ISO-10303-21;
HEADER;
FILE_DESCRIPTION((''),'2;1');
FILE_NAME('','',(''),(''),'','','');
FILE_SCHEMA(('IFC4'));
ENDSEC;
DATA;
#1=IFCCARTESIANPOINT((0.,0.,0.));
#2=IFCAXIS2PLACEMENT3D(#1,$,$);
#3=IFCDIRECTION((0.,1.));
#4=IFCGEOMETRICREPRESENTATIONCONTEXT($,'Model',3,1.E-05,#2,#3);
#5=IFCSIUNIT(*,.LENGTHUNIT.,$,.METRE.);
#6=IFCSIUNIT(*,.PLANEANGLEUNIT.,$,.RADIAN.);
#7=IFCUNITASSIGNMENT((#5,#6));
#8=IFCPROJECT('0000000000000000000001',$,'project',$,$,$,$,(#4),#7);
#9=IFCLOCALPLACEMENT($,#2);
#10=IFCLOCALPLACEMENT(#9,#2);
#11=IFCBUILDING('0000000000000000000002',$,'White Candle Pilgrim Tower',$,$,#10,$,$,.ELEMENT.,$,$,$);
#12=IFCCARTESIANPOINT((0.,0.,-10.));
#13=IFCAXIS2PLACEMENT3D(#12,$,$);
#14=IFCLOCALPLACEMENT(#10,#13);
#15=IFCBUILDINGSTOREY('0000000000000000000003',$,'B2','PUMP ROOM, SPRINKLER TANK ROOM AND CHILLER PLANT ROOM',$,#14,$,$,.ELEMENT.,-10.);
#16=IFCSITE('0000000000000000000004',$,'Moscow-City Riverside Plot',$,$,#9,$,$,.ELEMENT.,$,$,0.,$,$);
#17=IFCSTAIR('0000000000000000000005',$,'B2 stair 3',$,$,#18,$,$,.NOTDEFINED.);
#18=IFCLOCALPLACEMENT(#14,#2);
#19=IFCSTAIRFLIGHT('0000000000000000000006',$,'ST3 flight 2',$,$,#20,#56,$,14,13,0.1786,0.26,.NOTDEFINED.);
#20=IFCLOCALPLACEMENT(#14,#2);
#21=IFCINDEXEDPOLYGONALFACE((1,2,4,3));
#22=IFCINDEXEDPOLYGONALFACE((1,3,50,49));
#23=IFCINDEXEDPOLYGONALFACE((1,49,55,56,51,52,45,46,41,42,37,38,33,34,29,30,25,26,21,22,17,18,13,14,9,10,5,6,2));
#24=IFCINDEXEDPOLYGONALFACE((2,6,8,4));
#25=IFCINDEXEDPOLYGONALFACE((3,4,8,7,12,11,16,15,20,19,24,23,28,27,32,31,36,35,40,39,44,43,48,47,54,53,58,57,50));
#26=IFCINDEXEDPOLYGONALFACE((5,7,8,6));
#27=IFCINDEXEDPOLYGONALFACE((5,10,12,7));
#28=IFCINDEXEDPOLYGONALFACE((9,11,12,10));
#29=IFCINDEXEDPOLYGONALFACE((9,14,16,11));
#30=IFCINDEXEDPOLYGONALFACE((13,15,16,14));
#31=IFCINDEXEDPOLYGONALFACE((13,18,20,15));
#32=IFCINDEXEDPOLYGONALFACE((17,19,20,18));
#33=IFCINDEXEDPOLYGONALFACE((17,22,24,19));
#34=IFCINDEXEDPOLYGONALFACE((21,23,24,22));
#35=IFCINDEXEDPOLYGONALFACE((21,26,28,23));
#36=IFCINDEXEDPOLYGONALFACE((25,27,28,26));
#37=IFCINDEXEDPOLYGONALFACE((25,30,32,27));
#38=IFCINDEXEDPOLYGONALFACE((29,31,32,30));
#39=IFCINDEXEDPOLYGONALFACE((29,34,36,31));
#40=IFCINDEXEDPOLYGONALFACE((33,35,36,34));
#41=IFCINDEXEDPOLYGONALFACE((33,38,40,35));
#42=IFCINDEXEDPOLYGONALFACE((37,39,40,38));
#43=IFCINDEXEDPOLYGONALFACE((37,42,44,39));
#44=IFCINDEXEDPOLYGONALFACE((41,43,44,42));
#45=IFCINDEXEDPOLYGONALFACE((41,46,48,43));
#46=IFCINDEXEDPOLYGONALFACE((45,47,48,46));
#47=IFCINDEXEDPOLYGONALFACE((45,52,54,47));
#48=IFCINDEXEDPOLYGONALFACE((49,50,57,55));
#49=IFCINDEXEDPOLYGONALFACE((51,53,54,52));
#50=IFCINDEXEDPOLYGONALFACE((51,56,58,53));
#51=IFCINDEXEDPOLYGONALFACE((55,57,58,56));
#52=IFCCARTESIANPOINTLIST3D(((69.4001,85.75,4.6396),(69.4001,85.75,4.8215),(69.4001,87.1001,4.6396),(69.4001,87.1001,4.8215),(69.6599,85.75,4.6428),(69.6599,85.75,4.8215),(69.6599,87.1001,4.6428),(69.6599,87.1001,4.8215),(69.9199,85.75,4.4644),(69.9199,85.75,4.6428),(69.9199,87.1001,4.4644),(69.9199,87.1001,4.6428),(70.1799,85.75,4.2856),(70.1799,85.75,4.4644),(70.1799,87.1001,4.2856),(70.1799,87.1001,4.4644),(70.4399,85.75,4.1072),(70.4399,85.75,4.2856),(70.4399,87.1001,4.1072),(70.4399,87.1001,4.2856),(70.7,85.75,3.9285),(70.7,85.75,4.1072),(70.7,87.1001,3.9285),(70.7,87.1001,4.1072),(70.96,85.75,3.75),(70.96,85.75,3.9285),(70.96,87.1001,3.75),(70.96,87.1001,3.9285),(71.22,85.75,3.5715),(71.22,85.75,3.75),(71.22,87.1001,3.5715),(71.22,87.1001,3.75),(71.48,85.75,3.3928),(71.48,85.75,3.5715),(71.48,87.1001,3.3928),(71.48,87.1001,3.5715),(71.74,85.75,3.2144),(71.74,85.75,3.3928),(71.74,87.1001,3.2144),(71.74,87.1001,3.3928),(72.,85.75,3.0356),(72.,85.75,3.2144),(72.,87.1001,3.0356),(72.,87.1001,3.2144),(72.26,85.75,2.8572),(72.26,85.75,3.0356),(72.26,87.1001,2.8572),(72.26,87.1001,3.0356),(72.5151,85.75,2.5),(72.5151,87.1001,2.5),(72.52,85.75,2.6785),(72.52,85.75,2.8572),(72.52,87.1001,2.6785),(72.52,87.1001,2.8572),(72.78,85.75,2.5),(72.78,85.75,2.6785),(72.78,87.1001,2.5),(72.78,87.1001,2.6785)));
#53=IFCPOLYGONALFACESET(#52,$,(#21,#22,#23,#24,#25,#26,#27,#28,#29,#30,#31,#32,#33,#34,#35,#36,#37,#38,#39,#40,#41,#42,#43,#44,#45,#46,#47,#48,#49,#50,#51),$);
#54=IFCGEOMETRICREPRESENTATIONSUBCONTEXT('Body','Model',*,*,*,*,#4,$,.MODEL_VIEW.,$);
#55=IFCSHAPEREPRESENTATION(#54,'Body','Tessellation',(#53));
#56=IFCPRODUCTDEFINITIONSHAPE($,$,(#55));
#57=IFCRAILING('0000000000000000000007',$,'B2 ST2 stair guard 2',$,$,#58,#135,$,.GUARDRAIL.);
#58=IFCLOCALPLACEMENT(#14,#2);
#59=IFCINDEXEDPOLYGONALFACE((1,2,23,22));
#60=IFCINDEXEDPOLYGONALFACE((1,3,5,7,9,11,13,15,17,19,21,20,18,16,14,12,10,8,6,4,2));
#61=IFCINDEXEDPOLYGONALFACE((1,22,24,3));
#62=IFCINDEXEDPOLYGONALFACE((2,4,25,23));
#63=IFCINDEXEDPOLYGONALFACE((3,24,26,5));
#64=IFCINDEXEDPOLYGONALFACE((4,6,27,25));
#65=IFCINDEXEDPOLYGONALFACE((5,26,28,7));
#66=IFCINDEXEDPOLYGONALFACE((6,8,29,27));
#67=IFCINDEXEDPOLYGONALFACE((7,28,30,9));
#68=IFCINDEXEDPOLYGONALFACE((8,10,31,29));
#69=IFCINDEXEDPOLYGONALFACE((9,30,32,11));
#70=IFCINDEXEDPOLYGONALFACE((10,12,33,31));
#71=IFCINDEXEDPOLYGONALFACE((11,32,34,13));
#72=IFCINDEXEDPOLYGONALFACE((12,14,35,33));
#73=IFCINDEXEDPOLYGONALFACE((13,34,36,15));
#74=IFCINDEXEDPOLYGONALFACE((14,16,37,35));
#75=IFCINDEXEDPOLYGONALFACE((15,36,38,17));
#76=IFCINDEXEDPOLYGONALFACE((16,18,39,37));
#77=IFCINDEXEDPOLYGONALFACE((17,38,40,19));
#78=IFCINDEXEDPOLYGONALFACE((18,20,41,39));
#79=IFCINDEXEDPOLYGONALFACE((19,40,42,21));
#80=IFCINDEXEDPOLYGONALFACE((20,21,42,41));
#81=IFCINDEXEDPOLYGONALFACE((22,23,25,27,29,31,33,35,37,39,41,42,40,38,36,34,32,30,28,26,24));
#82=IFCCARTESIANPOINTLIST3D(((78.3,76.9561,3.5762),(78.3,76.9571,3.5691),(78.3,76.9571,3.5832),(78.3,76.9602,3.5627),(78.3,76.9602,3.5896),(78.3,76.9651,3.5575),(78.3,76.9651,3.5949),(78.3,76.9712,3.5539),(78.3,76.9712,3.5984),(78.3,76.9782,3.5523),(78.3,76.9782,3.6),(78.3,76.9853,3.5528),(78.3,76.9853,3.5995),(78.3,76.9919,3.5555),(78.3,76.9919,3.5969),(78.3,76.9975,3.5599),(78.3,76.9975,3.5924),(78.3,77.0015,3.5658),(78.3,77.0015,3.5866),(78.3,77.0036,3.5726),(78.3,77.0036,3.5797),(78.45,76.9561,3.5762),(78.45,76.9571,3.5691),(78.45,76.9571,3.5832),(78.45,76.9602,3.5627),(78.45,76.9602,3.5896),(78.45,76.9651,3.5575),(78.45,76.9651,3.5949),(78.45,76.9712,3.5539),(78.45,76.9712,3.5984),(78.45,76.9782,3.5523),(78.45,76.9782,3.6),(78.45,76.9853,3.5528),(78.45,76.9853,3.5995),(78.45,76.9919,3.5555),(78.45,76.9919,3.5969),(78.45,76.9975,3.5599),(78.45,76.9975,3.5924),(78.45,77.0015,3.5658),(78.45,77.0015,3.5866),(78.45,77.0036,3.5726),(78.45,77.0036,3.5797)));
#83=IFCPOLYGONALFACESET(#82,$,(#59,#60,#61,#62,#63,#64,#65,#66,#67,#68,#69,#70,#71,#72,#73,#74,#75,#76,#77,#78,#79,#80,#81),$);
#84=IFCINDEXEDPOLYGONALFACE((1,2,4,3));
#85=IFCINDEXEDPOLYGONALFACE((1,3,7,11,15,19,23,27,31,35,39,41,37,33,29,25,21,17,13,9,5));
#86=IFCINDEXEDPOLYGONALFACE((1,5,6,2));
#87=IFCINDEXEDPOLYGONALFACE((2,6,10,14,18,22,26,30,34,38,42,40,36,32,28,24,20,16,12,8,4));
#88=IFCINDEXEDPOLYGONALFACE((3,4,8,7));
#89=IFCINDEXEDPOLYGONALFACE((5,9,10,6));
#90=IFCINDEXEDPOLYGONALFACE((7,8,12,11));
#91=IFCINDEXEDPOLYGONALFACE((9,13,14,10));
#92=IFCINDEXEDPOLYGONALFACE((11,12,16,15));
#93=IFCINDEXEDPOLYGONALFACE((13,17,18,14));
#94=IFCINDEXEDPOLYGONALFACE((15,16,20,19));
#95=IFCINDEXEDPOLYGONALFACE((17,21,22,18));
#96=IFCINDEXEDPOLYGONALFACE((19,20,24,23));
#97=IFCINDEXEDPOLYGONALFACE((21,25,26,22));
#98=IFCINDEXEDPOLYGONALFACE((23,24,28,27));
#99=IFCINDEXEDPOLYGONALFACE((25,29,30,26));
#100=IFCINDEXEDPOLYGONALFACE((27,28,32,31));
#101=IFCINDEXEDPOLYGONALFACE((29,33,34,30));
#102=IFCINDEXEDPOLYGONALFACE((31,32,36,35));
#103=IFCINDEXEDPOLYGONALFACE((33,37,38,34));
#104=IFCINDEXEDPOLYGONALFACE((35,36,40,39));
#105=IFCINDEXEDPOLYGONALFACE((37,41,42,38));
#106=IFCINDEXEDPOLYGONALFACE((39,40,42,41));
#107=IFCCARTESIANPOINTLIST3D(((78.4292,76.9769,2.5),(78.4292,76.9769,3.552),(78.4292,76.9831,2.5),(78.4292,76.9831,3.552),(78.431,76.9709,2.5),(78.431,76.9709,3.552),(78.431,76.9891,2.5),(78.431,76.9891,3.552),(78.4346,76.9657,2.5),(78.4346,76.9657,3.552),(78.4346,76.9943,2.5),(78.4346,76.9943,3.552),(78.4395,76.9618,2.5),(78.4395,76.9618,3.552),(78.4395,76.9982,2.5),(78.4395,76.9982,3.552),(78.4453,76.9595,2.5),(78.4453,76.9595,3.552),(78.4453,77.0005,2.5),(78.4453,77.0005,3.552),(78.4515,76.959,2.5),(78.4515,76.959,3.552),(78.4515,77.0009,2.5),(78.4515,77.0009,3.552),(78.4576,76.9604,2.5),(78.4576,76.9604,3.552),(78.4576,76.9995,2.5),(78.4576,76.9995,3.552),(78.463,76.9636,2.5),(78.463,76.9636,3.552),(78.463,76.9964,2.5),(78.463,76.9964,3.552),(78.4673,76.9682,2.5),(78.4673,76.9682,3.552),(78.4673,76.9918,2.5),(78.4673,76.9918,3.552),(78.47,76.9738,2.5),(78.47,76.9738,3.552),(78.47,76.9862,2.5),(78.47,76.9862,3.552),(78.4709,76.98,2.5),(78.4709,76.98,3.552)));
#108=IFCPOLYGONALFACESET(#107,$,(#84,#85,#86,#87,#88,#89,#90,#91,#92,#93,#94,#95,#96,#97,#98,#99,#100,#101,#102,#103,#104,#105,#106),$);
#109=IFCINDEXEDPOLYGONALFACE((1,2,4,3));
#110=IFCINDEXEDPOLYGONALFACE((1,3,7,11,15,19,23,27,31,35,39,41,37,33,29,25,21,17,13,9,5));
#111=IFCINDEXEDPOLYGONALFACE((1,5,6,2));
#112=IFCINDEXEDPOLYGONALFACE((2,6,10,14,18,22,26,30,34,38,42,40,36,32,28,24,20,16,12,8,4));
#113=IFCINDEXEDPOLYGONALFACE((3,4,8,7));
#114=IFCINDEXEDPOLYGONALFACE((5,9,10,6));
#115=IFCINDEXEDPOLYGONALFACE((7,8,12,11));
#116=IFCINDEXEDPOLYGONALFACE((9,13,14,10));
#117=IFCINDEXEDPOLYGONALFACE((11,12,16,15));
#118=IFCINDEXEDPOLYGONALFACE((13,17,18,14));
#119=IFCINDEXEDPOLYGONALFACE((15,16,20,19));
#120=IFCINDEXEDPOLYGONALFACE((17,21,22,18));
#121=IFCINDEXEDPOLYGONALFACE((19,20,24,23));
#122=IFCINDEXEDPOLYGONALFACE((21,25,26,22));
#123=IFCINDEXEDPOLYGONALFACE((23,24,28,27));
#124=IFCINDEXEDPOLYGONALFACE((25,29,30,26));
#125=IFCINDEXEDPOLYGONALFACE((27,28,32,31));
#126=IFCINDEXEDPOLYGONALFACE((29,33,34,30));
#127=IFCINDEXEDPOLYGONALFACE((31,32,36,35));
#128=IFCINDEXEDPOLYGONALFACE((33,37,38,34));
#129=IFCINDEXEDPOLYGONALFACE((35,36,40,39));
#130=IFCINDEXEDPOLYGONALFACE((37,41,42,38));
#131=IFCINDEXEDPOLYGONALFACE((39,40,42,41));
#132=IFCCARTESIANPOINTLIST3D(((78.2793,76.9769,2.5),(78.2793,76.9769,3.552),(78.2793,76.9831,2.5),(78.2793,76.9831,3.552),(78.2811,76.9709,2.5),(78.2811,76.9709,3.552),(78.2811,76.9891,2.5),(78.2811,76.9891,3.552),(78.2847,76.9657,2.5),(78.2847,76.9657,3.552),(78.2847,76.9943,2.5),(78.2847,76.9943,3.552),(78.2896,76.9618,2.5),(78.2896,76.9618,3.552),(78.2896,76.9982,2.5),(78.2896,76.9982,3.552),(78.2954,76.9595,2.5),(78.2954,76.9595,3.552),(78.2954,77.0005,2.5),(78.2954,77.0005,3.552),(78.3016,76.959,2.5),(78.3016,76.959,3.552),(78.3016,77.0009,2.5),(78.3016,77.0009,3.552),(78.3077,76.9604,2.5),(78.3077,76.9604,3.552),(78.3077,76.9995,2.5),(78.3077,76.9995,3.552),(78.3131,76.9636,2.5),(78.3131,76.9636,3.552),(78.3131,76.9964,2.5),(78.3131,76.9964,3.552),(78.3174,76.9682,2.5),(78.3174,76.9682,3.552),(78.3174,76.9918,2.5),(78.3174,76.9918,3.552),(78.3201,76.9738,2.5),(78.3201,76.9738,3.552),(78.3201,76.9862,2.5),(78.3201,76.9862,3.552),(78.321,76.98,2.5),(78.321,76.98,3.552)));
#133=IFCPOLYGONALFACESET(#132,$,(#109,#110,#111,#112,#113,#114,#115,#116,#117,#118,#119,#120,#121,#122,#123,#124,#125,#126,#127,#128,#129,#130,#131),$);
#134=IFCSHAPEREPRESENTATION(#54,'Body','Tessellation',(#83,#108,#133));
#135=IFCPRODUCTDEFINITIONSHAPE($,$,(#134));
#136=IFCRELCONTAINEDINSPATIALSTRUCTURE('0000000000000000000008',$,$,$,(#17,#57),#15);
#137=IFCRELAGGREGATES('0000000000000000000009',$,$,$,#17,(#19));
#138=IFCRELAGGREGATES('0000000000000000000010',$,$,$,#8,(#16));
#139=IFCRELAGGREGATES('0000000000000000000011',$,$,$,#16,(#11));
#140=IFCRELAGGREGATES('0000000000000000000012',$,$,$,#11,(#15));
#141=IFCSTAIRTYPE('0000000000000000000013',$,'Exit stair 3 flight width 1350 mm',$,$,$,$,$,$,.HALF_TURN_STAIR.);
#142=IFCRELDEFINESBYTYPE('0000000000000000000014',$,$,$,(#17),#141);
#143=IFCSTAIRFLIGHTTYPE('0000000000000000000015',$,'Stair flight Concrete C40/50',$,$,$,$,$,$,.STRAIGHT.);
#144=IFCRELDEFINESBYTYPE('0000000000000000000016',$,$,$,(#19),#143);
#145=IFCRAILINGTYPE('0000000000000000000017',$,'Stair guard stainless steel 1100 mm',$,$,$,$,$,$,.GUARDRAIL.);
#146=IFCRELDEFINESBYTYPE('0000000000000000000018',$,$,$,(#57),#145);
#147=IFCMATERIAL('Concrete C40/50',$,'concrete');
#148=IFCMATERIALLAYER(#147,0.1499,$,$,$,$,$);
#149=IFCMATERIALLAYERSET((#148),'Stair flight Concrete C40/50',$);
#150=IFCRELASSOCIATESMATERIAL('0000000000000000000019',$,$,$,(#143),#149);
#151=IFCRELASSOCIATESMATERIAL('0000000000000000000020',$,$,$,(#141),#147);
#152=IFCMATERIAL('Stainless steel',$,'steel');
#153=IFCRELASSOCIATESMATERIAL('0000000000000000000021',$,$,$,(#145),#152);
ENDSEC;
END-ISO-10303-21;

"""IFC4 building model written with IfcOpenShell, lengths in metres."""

from ifc_helpers import new_model, si_unit, direction, frame, origin, origin_2d, place, context, subcontext, project, spatial, polyline, circle, outline, extrude, material, layer, layer_set, type_object, element, aggregate, save


model = new_model("IFC4")

# Units and contexts
model_context = context("Model", 3, precision=1e-05, world=origin(), true_north=direction((0.0, 1.0)))
body_context = subcontext(model_context, "Body", "Model", "MODEL_VIEW")
ifc_project = project(units=[si_unit("LENGTHUNIT", "METRE"), si_unit("PLANEANGLEUNIT", "RADIAN")], contexts=[model_context])

# Site, building, storey
site_placement = place(None, origin())
site = spatial("IfcSite", under=ifc_project, at=site_placement, Name="Moscow-City Riverside Plot", CompositionType="ELEMENT", RefElevation=0.0)
building_placement = place(site_placement, origin())
building = spatial("IfcBuilding", under=site, at=building_placement, Name="White Candle Pilgrim Tower", CompositionType="ELEMENT")
storey_placement = place(building_placement, frame((0.0, 0.0, -10.0)))
storey = spatial("IfcBuildingStorey", under=building, at=storey_placement, Name="B2", Description="PUMP ROOM, SPRINKLER TANK ROOM AND CHILLER PLANT ROOM", CompositionType="ELEMENT", Elevation=-10.0)

# Shared definitions
ifc_material_1 = material(Name="Concrete C40/50", Category="concrete")

# Stair, stair flight
ifc_layer_1 = layer(ifc_material_1, 0.1499)
ifc_layer_set_1 = layer_set([ifc_layer_1], Name="Stair flight Concrete C40/50")
stair_flight_type = type_object("IfcStairFlightType", Name="Stair flight Concrete C40/50", PredefinedType="STRAIGHT", material=ifc_layer_set_1)
stair_type_1 = type_object("IfcStairType", Name="Exit stair 3 flight width 1350 mm", PredefinedType="HALF_TURN_STAIR", material=ifc_material_1)
stair_1_placement = place(storey_placement, origin())
stair_1 = element("IfcStair", 1, at=stair_1_placement, inside=storey, type_object=stair_type_1, Name="B2 stair 3", PredefinedType="NOTDEFINED")
stair_flight_1_placement = place(storey_placement, frame((72.78, 86.425, 2.5), z_axis=(0.0, 0.0, 1.0), x_axis=(-1.0, 0.0, 0.0)))
stair_flight_1 = element("IfcStairFlight", 2, at=stair_flight_1_placement, type_object=stair_flight_type, Name="ST3 flight 2", NumberOfRisers=14, NumberOfTreads=13, PredefinedType="NOTDEFINED", RiserHeight=0.1786, TreadLength=0.26, context=body_context, shape_type="SweptSolid", body=[
    extrude(outline(polyline([(0.0, 0.0), (0.0, 0.1785), (0.26, 0.1785), (0.26, 0.3572), (0.52, 0.3572), (0.52, 0.5356), (0.78, 0.5356), (0.78, 0.7144), (1.04, 0.7144), (1.04, 0.8928), (1.3, 0.8928), (1.3, 1.0715), (1.5601, 1.0715), (1.5601, 1.25), (1.8201, 1.25), (1.8201, 1.4285), (2.0801, 1.4285), (2.0801, 1.6072), (2.3401, 1.6072), (2.3401, 1.7856), (2.6001, 1.7856), (2.6001, 1.9644), (2.8601, 1.9644), (2.8601, 2.1428), (3.1201, 2.1428), (3.1201, 2.3215), (3.3799, 2.3215), (3.3799, 2.5), (3.3799, 2.1396), (0.2649, 0.0), (0.0, 0.0)])), frame((0.0, 0.675, 0.0), z_axis=(0.0, -1.0, 0.0), x_axis=(1.0, 0.0, 0.0)), (0.0, 0.0, 1.0), 1.3501),
])
aggregate(stair_1, [stair_flight_1])

# Railing
ifc_material_2 = material(Name="Stainless steel", Category="steel")
railing_type_1 = type_object("IfcRailingType", Name="Stair guard stainless steel 1100 mm", PredefinedType="GUARDRAIL", material=ifc_material_2)
railing_1_placement = place(storey_placement, frame((78.45, 76.98, 2.5)))
element("IfcRailing", 3, at=railing_1_placement, inside=storey, type_object=railing_type_1, Name="B2 ST2 stair guard 2", PredefinedType="GUARDRAIL", context=body_context, shape_type="SweptSolid", body=[
    extrude(circle(Radius=0.0239, at=origin_2d()), frame((0.0, 0.0, 1.0762), z_axis=(-1.0, 0.0, 0.0), x_axis=(0.0, -1.0, 0.0)), (0.0, 0.0, 1.0), 0.1499),
    extrude(circle(Radius=0.021, at=origin_2d()), origin(), (0.0, 0.0, 1.0), 1.052),
    extrude(circle(Radius=0.021, at=origin_2d()), frame((-0.1499, 0.0, 0.0)), (0.0, 0.0, 1.0), 1.052),
])

save(model, "model.ifc")
